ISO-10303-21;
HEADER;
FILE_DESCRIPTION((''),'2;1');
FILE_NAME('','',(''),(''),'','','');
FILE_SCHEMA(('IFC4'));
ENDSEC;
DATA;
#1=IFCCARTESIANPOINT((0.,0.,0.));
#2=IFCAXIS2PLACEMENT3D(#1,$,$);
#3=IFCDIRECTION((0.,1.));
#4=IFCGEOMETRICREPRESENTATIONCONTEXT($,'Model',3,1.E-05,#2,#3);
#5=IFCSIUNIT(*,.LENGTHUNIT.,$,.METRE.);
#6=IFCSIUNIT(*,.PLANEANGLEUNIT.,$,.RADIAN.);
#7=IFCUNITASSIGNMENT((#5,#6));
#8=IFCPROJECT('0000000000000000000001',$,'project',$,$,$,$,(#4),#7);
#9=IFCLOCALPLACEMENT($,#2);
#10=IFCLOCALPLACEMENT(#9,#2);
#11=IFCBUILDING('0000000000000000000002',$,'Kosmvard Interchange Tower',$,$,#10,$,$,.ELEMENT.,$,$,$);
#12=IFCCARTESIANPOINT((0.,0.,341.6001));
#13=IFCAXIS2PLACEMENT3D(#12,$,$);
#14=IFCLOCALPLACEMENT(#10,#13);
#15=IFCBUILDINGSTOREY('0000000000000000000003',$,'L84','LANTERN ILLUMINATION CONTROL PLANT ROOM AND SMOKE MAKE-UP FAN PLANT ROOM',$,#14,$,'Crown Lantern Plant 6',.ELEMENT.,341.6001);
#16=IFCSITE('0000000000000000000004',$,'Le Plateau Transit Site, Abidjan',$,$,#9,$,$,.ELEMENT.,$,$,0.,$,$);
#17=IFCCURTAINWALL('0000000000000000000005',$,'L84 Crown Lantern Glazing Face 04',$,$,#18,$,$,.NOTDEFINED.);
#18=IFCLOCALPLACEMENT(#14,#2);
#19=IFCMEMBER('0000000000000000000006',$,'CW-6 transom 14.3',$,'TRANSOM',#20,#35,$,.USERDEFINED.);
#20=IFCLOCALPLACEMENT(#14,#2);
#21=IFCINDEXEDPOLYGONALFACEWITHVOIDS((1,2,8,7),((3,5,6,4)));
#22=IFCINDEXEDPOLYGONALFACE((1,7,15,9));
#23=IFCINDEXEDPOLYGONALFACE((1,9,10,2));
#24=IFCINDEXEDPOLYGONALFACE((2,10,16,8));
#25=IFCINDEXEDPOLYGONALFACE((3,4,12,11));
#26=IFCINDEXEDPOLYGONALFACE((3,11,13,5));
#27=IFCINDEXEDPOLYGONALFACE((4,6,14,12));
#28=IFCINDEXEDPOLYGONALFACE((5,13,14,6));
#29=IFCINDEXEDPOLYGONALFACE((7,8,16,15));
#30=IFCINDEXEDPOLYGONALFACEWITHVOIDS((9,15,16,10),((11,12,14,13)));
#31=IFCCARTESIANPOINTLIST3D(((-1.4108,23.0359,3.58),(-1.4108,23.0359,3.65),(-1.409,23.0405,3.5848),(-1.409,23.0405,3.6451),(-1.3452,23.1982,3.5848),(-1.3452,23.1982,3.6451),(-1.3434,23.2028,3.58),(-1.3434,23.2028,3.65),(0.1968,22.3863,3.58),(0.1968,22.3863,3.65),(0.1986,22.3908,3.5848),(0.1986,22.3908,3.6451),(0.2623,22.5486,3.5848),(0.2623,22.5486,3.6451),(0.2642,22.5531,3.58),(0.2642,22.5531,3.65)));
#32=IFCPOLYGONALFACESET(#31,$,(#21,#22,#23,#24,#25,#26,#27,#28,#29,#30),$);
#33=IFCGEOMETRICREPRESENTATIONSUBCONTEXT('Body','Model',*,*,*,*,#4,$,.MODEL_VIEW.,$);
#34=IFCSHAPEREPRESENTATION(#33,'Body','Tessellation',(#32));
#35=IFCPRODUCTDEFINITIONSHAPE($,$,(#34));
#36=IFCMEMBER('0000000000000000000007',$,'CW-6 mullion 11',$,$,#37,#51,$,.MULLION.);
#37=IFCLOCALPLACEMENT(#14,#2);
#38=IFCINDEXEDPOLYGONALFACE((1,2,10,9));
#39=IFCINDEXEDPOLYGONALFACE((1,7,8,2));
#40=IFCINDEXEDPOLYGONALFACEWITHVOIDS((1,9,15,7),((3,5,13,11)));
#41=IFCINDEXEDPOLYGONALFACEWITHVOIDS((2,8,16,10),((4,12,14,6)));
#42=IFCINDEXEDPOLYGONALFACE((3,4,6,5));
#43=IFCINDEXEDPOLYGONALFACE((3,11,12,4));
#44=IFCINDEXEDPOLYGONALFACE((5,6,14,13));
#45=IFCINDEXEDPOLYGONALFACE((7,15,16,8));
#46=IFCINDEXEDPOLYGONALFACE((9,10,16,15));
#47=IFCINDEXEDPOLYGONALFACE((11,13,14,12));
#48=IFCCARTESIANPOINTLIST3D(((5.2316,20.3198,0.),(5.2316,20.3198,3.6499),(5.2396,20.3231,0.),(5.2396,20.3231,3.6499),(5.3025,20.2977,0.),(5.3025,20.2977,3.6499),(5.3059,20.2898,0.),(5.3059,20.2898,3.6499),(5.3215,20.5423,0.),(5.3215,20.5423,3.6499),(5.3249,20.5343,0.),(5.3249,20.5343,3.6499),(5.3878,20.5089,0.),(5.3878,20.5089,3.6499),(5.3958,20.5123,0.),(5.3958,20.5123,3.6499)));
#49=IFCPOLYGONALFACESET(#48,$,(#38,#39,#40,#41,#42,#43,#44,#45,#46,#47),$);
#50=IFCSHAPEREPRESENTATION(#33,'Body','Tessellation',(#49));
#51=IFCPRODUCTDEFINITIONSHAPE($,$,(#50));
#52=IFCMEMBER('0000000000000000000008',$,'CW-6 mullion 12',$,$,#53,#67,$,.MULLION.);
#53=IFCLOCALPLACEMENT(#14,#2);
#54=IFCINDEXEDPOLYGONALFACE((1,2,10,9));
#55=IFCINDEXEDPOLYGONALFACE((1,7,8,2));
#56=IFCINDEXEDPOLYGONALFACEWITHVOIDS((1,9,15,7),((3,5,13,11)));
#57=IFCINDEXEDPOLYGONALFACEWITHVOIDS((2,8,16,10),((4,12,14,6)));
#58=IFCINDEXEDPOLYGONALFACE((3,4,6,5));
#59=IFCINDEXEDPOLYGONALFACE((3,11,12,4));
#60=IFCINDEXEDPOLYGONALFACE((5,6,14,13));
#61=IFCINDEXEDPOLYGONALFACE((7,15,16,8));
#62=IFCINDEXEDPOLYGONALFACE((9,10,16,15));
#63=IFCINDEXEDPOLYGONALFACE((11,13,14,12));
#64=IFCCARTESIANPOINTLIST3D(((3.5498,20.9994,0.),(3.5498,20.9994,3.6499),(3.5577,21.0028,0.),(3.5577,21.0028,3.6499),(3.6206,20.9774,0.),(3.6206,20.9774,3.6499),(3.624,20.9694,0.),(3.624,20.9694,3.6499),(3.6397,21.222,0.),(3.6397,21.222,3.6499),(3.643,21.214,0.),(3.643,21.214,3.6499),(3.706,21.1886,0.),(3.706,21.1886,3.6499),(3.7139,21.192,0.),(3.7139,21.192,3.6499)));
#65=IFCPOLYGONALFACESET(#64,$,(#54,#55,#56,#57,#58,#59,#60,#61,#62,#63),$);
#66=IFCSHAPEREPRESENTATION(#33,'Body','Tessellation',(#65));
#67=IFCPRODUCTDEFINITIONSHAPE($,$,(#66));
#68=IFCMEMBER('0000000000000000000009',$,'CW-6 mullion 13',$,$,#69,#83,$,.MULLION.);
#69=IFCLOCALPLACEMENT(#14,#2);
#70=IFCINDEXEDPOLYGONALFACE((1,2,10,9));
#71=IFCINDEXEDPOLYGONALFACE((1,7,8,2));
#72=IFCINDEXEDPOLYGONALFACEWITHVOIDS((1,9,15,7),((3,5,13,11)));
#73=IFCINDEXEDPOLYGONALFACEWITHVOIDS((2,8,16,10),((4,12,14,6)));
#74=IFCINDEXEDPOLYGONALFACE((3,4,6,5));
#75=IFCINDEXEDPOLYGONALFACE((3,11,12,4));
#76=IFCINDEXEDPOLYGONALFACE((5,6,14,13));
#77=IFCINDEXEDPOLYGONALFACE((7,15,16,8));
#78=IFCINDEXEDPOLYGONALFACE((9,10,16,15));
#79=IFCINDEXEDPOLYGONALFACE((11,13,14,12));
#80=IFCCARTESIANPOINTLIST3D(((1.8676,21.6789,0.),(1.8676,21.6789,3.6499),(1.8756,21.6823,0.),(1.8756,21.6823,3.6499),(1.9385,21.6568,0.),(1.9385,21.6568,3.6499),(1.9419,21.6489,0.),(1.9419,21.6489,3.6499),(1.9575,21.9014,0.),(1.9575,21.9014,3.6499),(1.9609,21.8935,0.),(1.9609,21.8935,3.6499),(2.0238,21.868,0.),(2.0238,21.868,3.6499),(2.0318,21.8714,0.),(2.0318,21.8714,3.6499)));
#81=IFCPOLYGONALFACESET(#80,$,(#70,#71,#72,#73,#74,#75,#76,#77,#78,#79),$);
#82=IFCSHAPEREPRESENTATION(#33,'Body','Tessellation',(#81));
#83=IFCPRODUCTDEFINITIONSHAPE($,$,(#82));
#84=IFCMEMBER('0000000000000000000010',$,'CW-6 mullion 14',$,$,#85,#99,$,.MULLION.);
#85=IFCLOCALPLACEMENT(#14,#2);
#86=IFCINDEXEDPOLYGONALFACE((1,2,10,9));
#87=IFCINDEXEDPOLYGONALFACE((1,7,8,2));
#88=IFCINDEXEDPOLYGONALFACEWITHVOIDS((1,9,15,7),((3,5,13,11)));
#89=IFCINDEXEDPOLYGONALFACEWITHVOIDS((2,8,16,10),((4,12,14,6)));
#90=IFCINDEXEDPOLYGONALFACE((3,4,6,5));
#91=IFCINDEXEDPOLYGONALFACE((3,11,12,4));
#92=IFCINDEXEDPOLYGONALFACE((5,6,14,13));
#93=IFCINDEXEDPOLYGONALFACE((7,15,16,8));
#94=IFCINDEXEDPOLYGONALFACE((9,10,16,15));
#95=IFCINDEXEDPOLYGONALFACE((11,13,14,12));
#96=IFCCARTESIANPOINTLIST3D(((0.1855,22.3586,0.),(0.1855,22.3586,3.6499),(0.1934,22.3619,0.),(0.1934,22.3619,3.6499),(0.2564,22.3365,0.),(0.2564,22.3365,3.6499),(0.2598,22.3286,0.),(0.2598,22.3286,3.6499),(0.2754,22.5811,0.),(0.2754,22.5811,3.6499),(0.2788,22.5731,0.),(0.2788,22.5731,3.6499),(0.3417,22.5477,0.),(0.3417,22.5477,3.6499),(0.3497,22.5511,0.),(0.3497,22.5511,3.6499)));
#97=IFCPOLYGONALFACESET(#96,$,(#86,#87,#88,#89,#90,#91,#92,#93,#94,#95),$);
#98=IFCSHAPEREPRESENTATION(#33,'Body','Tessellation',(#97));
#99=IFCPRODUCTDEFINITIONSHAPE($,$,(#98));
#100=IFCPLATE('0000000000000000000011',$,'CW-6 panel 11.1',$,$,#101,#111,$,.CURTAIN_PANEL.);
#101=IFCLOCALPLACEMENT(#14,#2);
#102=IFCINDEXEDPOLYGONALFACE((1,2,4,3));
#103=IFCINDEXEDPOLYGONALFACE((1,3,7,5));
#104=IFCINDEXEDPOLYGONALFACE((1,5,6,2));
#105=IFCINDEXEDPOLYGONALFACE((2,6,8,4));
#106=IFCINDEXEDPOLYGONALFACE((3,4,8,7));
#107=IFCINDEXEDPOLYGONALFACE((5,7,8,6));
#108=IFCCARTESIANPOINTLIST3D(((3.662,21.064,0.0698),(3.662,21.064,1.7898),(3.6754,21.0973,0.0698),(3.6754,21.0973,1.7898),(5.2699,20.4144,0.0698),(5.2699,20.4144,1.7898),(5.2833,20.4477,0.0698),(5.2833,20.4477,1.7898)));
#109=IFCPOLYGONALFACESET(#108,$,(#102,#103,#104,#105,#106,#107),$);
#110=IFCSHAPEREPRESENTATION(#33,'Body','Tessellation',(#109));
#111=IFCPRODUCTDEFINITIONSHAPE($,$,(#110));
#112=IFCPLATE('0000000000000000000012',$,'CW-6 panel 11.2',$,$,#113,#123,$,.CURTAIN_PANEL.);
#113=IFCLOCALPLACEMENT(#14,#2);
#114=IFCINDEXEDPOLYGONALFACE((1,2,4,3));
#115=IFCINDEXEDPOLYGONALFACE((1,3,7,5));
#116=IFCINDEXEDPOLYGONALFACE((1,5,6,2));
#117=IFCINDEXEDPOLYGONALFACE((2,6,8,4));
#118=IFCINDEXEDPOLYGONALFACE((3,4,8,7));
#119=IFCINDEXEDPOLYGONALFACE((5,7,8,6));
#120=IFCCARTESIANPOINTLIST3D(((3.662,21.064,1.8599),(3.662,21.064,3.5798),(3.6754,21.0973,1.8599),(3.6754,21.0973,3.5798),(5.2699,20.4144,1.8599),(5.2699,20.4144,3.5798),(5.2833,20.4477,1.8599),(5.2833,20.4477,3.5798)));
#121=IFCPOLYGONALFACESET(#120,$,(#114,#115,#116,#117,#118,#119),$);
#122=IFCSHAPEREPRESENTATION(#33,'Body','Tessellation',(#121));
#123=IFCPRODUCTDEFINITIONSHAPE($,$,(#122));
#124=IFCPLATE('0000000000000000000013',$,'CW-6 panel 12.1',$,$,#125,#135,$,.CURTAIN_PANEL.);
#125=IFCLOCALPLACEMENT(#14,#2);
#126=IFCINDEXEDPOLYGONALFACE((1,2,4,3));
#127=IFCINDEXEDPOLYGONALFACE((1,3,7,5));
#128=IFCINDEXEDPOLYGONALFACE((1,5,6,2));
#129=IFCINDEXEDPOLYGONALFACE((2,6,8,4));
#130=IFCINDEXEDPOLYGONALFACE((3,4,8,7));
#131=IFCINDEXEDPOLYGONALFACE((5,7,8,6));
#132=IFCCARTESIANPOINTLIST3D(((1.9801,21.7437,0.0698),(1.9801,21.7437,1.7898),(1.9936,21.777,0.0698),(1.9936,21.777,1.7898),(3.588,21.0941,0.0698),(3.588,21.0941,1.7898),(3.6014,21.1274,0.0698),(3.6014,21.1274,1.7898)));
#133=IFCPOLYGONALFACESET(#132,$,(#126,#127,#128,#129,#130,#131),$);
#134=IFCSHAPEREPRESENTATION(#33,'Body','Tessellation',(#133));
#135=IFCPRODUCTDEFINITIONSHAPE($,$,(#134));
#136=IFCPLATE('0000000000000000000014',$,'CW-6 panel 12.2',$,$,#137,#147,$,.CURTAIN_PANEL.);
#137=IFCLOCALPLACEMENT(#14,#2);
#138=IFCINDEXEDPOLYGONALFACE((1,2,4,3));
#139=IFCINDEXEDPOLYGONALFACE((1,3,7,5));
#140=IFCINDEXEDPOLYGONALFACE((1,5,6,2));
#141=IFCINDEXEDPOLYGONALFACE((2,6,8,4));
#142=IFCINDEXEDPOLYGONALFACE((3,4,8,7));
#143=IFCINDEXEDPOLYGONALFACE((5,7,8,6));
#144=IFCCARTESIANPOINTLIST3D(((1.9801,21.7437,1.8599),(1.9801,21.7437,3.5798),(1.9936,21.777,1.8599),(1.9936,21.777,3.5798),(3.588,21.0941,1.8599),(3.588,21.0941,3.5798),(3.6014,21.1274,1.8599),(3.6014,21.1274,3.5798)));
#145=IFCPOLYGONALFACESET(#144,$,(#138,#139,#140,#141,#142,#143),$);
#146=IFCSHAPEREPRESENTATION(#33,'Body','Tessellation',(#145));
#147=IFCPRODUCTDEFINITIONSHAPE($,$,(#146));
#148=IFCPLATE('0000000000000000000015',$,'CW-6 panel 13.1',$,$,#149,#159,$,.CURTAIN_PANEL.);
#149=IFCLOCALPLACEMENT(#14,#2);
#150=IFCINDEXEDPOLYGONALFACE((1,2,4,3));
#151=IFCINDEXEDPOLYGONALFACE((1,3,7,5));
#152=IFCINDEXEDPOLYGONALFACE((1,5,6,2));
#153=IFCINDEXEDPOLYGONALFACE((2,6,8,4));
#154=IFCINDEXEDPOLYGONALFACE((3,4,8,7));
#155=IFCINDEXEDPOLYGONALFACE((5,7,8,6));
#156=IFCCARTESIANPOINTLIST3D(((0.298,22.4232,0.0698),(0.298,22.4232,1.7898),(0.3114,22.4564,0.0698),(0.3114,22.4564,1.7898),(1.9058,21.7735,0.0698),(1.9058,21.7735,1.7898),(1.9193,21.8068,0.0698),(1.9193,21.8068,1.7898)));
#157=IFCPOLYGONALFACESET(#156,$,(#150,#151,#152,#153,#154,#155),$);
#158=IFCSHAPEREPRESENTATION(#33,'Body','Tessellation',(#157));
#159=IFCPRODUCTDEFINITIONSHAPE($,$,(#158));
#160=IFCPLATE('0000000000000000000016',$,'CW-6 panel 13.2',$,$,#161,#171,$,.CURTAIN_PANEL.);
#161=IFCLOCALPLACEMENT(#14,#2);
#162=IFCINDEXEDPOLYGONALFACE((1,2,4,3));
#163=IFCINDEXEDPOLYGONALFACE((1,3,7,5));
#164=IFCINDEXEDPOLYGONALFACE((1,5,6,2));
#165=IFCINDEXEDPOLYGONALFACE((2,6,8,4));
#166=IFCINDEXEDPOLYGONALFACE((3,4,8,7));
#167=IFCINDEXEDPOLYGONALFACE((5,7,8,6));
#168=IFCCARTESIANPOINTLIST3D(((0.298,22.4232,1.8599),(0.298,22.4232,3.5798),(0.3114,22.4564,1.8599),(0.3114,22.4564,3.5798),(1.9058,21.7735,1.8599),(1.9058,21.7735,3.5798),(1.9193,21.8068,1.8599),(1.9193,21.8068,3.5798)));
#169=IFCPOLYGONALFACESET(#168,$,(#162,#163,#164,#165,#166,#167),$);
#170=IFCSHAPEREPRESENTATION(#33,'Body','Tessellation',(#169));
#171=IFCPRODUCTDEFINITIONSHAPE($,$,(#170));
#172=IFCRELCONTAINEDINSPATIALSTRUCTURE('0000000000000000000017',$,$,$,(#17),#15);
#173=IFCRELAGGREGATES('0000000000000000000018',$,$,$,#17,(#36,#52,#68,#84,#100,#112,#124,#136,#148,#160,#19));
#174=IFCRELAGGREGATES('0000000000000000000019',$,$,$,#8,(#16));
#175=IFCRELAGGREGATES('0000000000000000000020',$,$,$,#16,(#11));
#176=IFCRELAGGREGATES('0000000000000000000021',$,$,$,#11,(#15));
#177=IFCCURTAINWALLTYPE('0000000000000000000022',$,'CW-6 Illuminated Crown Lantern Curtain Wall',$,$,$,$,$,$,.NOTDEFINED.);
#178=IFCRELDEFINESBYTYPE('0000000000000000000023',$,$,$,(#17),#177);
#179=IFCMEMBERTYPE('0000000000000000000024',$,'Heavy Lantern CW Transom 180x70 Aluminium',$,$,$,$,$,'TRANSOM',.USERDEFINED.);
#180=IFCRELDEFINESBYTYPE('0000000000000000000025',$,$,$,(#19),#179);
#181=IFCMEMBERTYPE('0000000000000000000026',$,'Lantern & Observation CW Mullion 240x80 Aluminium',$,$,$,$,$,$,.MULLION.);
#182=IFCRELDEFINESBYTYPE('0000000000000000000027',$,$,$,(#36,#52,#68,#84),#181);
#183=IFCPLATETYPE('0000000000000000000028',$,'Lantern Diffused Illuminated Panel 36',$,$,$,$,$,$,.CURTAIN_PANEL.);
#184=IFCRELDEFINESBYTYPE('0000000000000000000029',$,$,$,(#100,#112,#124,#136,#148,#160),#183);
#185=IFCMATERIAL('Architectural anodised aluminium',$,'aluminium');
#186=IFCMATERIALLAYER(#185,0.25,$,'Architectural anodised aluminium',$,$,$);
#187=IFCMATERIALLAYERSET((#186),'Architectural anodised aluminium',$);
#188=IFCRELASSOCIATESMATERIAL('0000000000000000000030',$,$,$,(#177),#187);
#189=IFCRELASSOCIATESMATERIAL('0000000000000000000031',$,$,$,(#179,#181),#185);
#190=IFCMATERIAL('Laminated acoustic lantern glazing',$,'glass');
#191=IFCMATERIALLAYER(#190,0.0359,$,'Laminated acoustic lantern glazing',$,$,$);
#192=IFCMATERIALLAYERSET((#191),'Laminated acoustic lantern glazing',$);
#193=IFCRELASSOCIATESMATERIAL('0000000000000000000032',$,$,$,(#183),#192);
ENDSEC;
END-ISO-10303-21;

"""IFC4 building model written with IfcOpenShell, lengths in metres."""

from ifc_helpers import new_model, si_unit, direction, frame, origin, origin_2d, place, context, subcontext, project, spatial, rectangle, hollow_rectangle, extrude, source, transform, mapped, material, layer, layer_set, material_profile, profile_set, type_object, element, aggregate, save


model = new_model("IFC4")

# Units and contexts
model_context = context("Model", 3, precision=1e-05, world=origin(), true_north=direction((0.0, 1.0)))
body_context = subcontext(model_context, "Body", "Model", "MODEL_VIEW")
ifc_project = project(units=[si_unit("LENGTHUNIT", "METRE"), si_unit("PLANEANGLEUNIT", "RADIAN")], contexts=[model_context])

# Site, building, storey
site_placement = place(None, origin())
site = spatial("IfcSite", under=ifc_project, at=site_placement, Name="Le Plateau Transit Site, Abidjan", CompositionType="ELEMENT", RefElevation=0.0)
building_placement = place(site_placement, origin())
building = spatial("IfcBuilding", under=site, at=building_placement, Name="Kosmvard Interchange Tower", CompositionType="ELEMENT")
storey_placement = place(building_placement, frame((0.0, 0.0, 341.6001)))
storey = spatial("IfcBuildingStorey", under=building, at=storey_placement, Name="L84", Description="LANTERN ILLUMINATION CONTROL PLANT ROOM AND SMOKE MAKE-UP FAN PLANT ROOM", LongName="Crown Lantern Plant 6", CompositionType="ELEMENT", Elevation=341.6001)

# Curtain wall, members, plates
ifc_material_1 = material(Name="Architectural anodised aluminium", Category="aluminium")
ifc_layer_1 = layer(ifc_material_1, 0.25, Name="Architectural anodised aluminium")
ifc_layer_set_1 = layer_set([ifc_layer_1], Name="Architectural anodised aluminium")
curtain_wall_type = type_object("IfcCurtainWallType", Name="CW-6 Illuminated Crown Lantern Curtain Wall", PredefinedType="NOTDEFINED", material=ifc_layer_set_1)
curtain_wall_placement = place(storey_placement, origin())
curtain_wall = element("IfcCurtainWall", 1, at=curtain_wall_placement, inside=storey, type_object=curtain_wall_type, Name="L84 Crown Lantern Glazing Face 04", PredefinedType="NOTDEFINED")
ifc_material_profile_1 = material_profile(ifc_material_1, hollow_rectangle(XDim=0.1799, YDim=0.0701, WallThickness=0.0049, at=origin_2d()), Name="CWT 180x70x5")
ifc_profile_set_1 = profile_set([ifc_material_profile_1], Name="Architectural anodised aluminium")
member_type_1 = type_object("IfcMemberType", Name="Heavy Lantern CW Transom 180x70 Aluminium", ElementType="TRANSOM", PredefinedType="USERDEFINED", material=ifc_profile_set_1)
shared_shape_1 = source(origin(), body_context, "Body", "SweptSolid", [
    extrude(hollow_rectangle(XDim=0.1799, YDim=0.0701, WallThickness=0.0049, at=origin_2d()), origin(), (0.0, 0.0, 1.0), 1.7339),
])
member_1_placement = place(storey_placement, frame((0.2305, 22.4697, 3.615), z_axis=(-0.92716, 0.374666, 0.0), x_axis=(-0.374666, -0.92716, 0.0)))
member_1 = element("IfcMember", 2, at=member_1_placement, type_object=member_type_1, Name="CW-6 transom 14.3", ObjectType="TRANSOM", PredefinedType="USERDEFINED", context=body_context, shape_type="MappedRepresentation", body=[
    mapped(shared_shape_1, transform((0.0, 0.0, 0.0), scale=1.0)),
])
ifc_material_profile_2 = material_profile(ifc_material_1, hollow_rectangle(XDim=0.24, YDim=0.0801, WallThickness=0.0061, at=origin_2d()), Name="CWM 240x80x6")
ifc_profile_set_2 = profile_set([ifc_material_profile_2], Name="Architectural anodised aluminium")
member_type_2 = type_object("IfcMemberType", Name="Lantern & Observation CW Mullion 240x80 Aluminium", PredefinedType="MULLION", material=ifc_profile_set_2)
shared_shape_2 = source(origin(), body_context, "Body", "SweptSolid", [
    extrude(hollow_rectangle(XDim=0.24, YDim=0.0801, WallThickness=0.0061, at=origin_2d()), origin(), (0.0, 0.0, 1.0), 3.6499),
])
member_2_placement = place(storey_placement, frame((5.3137, 20.416, 0.0), z_axis=(0.0, 0.0, 1.0), x_axis=(-0.374607, -0.927184, 0.0)))
member_2 = element("IfcMember", 3, at=member_2_placement, type_object=member_type_2, Name="CW-6 mullion 11", PredefinedType="MULLION", context=body_context, shape_type="MappedRepresentation", body=[
    mapped(shared_shape_2, transform((0.0, 0.0, 0.0), scale=1.0)),
])
member_3_placement = place(storey_placement, frame((3.6318, 21.0957, 0.0), z_axis=(0.0, 0.0, 1.0), x_axis=(-0.374607, -0.927184, 0.0)))
member_3 = element("IfcMember", 4, at=member_3_placement, type_object=member_type_2, Name="CW-6 mullion 12", PredefinedType="MULLION", context=body_context, shape_type="MappedRepresentation", body=[
    mapped(shared_shape_2, transform((0.0, 0.0, 0.0), scale=1.0)),
])
member_4_placement = place(storey_placement, frame((1.9497, 21.7751, 0.0), z_axis=(0.0, 0.0, 1.0), x_axis=(-0.374607, -0.927184, 0.0)))
member_4 = element("IfcMember", 5, at=member_4_placement, type_object=member_type_2, Name="CW-6 mullion 13", PredefinedType="MULLION", context=body_context, shape_type="MappedRepresentation", body=[
    mapped(shared_shape_2, transform((0.0, 0.0, 0.0), scale=1.0)),
])
member_5_placement = place(storey_placement, frame((0.2676, 22.4548, 0.0), z_axis=(0.0, 0.0, 1.0), x_axis=(-0.374607, -0.927184, 0.0)))
member_5 = element("IfcMember", 6, at=member_5_placement, type_object=member_type_2, Name="CW-6 mullion 14", PredefinedType="MULLION", context=body_context, shape_type="MappedRepresentation", body=[
    mapped(shared_shape_2, transform((0.0, 0.0, 0.0), scale=1.0)),
])
ifc_material_2 = material(Name="Laminated acoustic lantern glazing", Category="glass")
ifc_layer_2 = layer(ifc_material_2, 0.0359, Name="Laminated acoustic lantern glazing")
ifc_layer_set_2 = layer_set([ifc_layer_2], Name="Laminated acoustic lantern glazing")
plate_type = type_object("IfcPlateType", Name="Lantern Diffused Illuminated Panel 36", PredefinedType="CURTAIN_PANEL", material=ifc_layer_set_2)
shared_shape_3 = source(origin(), body_context, "Body", "SweptSolid", [
    extrude(rectangle(XDim=1.7341, YDim=0.0359, at=origin_2d()), origin(), (0.0, 0.0, 1.0), 1.72),
])
plate_1_placement = place(storey_placement, frame((4.4727, 20.7559, 0.0698), z_axis=(0.0, 0.0, 1.0), x_axis=(-0.927184, 0.374607, 0.0)))
plate_1 = element("IfcPlate", 7, at=plate_1_placement, type_object=plate_type, Name="CW-6 panel 11.1", PredefinedType="CURTAIN_PANEL", context=body_context, shape_type="MappedRepresentation", body=[
    mapped(shared_shape_3, transform((0.0, 0.0, 0.0), scale=1.0)),
])
plate_2_placement = place(storey_placement, frame((4.4727, 20.7559, 1.8599), z_axis=(0.0, 0.0, 1.0), x_axis=(-0.927184, 0.374607, 0.0)))
plate_2 = element("IfcPlate", 8, at=plate_2_placement, type_object=plate_type, Name="CW-6 panel 11.2", PredefinedType="CURTAIN_PANEL", context=body_context, shape_type="MappedRepresentation", body=[
    mapped(shared_shape_3, transform((0.0, 0.0, 0.0), scale=1.0)),
])
plate_3_placement = place(storey_placement, frame((2.7908, 21.4355, 0.0698), z_axis=(0.0, 0.0, 1.0), x_axis=(-0.927184, 0.374607, 0.0)))
plate_3 = element("IfcPlate", 9, at=plate_3_placement, type_object=plate_type, Name="CW-6 panel 12.1", PredefinedType="CURTAIN_PANEL", context=body_context, shape_type="MappedRepresentation", body=[
    mapped(shared_shape_3, transform((0.0, 0.0, 0.0), scale=1.0)),
])
plate_4_placement = place(storey_placement, frame((2.7908, 21.4355, 1.8599), z_axis=(0.0, 0.0, 1.0), x_axis=(-0.927184, 0.374607, 0.0)))
plate_4 = element("IfcPlate", 10, at=plate_4_placement, type_object=plate_type, Name="CW-6 panel 12.2", PredefinedType="CURTAIN_PANEL", context=body_context, shape_type="MappedRepresentation", body=[
    mapped(shared_shape_3, transform((0.0, 0.0, 0.0), scale=1.0)),
])
plate_5_placement = place(storey_placement, frame((1.1086, 22.115, 0.0698), z_axis=(0.0, 0.0, 1.0), x_axis=(-0.927184, 0.374607, 0.0)))
plate_5 = element("IfcPlate", 11, at=plate_5_placement, type_object=plate_type, Name="CW-6 panel 13.1", PredefinedType="CURTAIN_PANEL", context=body_context, shape_type="MappedRepresentation", body=[
    mapped(shared_shape_3, transform((0.0, 0.0, 0.0), scale=1.0)),
])
plate_6_placement = place(storey_placement, frame((1.1086, 22.115, 1.8599), z_axis=(0.0, 0.0, 1.0), x_axis=(-0.927184, 0.374607, 0.0)))
plate_6 = element("IfcPlate", 12, at=plate_6_placement, type_object=plate_type, Name="CW-6 panel 13.2", PredefinedType="CURTAIN_PANEL", context=body_context, shape_type="MappedRepresentation", body=[
    mapped(shared_shape_3, transform((0.0, 0.0, 0.0), scale=1.0)),
])
aggregate(curtain_wall, [member_2, member_3, member_4, member_5, plate_1, plate_2, plate_3, plate_4, plate_5, plate_6, member_1])

save(model, "model.ifc")
